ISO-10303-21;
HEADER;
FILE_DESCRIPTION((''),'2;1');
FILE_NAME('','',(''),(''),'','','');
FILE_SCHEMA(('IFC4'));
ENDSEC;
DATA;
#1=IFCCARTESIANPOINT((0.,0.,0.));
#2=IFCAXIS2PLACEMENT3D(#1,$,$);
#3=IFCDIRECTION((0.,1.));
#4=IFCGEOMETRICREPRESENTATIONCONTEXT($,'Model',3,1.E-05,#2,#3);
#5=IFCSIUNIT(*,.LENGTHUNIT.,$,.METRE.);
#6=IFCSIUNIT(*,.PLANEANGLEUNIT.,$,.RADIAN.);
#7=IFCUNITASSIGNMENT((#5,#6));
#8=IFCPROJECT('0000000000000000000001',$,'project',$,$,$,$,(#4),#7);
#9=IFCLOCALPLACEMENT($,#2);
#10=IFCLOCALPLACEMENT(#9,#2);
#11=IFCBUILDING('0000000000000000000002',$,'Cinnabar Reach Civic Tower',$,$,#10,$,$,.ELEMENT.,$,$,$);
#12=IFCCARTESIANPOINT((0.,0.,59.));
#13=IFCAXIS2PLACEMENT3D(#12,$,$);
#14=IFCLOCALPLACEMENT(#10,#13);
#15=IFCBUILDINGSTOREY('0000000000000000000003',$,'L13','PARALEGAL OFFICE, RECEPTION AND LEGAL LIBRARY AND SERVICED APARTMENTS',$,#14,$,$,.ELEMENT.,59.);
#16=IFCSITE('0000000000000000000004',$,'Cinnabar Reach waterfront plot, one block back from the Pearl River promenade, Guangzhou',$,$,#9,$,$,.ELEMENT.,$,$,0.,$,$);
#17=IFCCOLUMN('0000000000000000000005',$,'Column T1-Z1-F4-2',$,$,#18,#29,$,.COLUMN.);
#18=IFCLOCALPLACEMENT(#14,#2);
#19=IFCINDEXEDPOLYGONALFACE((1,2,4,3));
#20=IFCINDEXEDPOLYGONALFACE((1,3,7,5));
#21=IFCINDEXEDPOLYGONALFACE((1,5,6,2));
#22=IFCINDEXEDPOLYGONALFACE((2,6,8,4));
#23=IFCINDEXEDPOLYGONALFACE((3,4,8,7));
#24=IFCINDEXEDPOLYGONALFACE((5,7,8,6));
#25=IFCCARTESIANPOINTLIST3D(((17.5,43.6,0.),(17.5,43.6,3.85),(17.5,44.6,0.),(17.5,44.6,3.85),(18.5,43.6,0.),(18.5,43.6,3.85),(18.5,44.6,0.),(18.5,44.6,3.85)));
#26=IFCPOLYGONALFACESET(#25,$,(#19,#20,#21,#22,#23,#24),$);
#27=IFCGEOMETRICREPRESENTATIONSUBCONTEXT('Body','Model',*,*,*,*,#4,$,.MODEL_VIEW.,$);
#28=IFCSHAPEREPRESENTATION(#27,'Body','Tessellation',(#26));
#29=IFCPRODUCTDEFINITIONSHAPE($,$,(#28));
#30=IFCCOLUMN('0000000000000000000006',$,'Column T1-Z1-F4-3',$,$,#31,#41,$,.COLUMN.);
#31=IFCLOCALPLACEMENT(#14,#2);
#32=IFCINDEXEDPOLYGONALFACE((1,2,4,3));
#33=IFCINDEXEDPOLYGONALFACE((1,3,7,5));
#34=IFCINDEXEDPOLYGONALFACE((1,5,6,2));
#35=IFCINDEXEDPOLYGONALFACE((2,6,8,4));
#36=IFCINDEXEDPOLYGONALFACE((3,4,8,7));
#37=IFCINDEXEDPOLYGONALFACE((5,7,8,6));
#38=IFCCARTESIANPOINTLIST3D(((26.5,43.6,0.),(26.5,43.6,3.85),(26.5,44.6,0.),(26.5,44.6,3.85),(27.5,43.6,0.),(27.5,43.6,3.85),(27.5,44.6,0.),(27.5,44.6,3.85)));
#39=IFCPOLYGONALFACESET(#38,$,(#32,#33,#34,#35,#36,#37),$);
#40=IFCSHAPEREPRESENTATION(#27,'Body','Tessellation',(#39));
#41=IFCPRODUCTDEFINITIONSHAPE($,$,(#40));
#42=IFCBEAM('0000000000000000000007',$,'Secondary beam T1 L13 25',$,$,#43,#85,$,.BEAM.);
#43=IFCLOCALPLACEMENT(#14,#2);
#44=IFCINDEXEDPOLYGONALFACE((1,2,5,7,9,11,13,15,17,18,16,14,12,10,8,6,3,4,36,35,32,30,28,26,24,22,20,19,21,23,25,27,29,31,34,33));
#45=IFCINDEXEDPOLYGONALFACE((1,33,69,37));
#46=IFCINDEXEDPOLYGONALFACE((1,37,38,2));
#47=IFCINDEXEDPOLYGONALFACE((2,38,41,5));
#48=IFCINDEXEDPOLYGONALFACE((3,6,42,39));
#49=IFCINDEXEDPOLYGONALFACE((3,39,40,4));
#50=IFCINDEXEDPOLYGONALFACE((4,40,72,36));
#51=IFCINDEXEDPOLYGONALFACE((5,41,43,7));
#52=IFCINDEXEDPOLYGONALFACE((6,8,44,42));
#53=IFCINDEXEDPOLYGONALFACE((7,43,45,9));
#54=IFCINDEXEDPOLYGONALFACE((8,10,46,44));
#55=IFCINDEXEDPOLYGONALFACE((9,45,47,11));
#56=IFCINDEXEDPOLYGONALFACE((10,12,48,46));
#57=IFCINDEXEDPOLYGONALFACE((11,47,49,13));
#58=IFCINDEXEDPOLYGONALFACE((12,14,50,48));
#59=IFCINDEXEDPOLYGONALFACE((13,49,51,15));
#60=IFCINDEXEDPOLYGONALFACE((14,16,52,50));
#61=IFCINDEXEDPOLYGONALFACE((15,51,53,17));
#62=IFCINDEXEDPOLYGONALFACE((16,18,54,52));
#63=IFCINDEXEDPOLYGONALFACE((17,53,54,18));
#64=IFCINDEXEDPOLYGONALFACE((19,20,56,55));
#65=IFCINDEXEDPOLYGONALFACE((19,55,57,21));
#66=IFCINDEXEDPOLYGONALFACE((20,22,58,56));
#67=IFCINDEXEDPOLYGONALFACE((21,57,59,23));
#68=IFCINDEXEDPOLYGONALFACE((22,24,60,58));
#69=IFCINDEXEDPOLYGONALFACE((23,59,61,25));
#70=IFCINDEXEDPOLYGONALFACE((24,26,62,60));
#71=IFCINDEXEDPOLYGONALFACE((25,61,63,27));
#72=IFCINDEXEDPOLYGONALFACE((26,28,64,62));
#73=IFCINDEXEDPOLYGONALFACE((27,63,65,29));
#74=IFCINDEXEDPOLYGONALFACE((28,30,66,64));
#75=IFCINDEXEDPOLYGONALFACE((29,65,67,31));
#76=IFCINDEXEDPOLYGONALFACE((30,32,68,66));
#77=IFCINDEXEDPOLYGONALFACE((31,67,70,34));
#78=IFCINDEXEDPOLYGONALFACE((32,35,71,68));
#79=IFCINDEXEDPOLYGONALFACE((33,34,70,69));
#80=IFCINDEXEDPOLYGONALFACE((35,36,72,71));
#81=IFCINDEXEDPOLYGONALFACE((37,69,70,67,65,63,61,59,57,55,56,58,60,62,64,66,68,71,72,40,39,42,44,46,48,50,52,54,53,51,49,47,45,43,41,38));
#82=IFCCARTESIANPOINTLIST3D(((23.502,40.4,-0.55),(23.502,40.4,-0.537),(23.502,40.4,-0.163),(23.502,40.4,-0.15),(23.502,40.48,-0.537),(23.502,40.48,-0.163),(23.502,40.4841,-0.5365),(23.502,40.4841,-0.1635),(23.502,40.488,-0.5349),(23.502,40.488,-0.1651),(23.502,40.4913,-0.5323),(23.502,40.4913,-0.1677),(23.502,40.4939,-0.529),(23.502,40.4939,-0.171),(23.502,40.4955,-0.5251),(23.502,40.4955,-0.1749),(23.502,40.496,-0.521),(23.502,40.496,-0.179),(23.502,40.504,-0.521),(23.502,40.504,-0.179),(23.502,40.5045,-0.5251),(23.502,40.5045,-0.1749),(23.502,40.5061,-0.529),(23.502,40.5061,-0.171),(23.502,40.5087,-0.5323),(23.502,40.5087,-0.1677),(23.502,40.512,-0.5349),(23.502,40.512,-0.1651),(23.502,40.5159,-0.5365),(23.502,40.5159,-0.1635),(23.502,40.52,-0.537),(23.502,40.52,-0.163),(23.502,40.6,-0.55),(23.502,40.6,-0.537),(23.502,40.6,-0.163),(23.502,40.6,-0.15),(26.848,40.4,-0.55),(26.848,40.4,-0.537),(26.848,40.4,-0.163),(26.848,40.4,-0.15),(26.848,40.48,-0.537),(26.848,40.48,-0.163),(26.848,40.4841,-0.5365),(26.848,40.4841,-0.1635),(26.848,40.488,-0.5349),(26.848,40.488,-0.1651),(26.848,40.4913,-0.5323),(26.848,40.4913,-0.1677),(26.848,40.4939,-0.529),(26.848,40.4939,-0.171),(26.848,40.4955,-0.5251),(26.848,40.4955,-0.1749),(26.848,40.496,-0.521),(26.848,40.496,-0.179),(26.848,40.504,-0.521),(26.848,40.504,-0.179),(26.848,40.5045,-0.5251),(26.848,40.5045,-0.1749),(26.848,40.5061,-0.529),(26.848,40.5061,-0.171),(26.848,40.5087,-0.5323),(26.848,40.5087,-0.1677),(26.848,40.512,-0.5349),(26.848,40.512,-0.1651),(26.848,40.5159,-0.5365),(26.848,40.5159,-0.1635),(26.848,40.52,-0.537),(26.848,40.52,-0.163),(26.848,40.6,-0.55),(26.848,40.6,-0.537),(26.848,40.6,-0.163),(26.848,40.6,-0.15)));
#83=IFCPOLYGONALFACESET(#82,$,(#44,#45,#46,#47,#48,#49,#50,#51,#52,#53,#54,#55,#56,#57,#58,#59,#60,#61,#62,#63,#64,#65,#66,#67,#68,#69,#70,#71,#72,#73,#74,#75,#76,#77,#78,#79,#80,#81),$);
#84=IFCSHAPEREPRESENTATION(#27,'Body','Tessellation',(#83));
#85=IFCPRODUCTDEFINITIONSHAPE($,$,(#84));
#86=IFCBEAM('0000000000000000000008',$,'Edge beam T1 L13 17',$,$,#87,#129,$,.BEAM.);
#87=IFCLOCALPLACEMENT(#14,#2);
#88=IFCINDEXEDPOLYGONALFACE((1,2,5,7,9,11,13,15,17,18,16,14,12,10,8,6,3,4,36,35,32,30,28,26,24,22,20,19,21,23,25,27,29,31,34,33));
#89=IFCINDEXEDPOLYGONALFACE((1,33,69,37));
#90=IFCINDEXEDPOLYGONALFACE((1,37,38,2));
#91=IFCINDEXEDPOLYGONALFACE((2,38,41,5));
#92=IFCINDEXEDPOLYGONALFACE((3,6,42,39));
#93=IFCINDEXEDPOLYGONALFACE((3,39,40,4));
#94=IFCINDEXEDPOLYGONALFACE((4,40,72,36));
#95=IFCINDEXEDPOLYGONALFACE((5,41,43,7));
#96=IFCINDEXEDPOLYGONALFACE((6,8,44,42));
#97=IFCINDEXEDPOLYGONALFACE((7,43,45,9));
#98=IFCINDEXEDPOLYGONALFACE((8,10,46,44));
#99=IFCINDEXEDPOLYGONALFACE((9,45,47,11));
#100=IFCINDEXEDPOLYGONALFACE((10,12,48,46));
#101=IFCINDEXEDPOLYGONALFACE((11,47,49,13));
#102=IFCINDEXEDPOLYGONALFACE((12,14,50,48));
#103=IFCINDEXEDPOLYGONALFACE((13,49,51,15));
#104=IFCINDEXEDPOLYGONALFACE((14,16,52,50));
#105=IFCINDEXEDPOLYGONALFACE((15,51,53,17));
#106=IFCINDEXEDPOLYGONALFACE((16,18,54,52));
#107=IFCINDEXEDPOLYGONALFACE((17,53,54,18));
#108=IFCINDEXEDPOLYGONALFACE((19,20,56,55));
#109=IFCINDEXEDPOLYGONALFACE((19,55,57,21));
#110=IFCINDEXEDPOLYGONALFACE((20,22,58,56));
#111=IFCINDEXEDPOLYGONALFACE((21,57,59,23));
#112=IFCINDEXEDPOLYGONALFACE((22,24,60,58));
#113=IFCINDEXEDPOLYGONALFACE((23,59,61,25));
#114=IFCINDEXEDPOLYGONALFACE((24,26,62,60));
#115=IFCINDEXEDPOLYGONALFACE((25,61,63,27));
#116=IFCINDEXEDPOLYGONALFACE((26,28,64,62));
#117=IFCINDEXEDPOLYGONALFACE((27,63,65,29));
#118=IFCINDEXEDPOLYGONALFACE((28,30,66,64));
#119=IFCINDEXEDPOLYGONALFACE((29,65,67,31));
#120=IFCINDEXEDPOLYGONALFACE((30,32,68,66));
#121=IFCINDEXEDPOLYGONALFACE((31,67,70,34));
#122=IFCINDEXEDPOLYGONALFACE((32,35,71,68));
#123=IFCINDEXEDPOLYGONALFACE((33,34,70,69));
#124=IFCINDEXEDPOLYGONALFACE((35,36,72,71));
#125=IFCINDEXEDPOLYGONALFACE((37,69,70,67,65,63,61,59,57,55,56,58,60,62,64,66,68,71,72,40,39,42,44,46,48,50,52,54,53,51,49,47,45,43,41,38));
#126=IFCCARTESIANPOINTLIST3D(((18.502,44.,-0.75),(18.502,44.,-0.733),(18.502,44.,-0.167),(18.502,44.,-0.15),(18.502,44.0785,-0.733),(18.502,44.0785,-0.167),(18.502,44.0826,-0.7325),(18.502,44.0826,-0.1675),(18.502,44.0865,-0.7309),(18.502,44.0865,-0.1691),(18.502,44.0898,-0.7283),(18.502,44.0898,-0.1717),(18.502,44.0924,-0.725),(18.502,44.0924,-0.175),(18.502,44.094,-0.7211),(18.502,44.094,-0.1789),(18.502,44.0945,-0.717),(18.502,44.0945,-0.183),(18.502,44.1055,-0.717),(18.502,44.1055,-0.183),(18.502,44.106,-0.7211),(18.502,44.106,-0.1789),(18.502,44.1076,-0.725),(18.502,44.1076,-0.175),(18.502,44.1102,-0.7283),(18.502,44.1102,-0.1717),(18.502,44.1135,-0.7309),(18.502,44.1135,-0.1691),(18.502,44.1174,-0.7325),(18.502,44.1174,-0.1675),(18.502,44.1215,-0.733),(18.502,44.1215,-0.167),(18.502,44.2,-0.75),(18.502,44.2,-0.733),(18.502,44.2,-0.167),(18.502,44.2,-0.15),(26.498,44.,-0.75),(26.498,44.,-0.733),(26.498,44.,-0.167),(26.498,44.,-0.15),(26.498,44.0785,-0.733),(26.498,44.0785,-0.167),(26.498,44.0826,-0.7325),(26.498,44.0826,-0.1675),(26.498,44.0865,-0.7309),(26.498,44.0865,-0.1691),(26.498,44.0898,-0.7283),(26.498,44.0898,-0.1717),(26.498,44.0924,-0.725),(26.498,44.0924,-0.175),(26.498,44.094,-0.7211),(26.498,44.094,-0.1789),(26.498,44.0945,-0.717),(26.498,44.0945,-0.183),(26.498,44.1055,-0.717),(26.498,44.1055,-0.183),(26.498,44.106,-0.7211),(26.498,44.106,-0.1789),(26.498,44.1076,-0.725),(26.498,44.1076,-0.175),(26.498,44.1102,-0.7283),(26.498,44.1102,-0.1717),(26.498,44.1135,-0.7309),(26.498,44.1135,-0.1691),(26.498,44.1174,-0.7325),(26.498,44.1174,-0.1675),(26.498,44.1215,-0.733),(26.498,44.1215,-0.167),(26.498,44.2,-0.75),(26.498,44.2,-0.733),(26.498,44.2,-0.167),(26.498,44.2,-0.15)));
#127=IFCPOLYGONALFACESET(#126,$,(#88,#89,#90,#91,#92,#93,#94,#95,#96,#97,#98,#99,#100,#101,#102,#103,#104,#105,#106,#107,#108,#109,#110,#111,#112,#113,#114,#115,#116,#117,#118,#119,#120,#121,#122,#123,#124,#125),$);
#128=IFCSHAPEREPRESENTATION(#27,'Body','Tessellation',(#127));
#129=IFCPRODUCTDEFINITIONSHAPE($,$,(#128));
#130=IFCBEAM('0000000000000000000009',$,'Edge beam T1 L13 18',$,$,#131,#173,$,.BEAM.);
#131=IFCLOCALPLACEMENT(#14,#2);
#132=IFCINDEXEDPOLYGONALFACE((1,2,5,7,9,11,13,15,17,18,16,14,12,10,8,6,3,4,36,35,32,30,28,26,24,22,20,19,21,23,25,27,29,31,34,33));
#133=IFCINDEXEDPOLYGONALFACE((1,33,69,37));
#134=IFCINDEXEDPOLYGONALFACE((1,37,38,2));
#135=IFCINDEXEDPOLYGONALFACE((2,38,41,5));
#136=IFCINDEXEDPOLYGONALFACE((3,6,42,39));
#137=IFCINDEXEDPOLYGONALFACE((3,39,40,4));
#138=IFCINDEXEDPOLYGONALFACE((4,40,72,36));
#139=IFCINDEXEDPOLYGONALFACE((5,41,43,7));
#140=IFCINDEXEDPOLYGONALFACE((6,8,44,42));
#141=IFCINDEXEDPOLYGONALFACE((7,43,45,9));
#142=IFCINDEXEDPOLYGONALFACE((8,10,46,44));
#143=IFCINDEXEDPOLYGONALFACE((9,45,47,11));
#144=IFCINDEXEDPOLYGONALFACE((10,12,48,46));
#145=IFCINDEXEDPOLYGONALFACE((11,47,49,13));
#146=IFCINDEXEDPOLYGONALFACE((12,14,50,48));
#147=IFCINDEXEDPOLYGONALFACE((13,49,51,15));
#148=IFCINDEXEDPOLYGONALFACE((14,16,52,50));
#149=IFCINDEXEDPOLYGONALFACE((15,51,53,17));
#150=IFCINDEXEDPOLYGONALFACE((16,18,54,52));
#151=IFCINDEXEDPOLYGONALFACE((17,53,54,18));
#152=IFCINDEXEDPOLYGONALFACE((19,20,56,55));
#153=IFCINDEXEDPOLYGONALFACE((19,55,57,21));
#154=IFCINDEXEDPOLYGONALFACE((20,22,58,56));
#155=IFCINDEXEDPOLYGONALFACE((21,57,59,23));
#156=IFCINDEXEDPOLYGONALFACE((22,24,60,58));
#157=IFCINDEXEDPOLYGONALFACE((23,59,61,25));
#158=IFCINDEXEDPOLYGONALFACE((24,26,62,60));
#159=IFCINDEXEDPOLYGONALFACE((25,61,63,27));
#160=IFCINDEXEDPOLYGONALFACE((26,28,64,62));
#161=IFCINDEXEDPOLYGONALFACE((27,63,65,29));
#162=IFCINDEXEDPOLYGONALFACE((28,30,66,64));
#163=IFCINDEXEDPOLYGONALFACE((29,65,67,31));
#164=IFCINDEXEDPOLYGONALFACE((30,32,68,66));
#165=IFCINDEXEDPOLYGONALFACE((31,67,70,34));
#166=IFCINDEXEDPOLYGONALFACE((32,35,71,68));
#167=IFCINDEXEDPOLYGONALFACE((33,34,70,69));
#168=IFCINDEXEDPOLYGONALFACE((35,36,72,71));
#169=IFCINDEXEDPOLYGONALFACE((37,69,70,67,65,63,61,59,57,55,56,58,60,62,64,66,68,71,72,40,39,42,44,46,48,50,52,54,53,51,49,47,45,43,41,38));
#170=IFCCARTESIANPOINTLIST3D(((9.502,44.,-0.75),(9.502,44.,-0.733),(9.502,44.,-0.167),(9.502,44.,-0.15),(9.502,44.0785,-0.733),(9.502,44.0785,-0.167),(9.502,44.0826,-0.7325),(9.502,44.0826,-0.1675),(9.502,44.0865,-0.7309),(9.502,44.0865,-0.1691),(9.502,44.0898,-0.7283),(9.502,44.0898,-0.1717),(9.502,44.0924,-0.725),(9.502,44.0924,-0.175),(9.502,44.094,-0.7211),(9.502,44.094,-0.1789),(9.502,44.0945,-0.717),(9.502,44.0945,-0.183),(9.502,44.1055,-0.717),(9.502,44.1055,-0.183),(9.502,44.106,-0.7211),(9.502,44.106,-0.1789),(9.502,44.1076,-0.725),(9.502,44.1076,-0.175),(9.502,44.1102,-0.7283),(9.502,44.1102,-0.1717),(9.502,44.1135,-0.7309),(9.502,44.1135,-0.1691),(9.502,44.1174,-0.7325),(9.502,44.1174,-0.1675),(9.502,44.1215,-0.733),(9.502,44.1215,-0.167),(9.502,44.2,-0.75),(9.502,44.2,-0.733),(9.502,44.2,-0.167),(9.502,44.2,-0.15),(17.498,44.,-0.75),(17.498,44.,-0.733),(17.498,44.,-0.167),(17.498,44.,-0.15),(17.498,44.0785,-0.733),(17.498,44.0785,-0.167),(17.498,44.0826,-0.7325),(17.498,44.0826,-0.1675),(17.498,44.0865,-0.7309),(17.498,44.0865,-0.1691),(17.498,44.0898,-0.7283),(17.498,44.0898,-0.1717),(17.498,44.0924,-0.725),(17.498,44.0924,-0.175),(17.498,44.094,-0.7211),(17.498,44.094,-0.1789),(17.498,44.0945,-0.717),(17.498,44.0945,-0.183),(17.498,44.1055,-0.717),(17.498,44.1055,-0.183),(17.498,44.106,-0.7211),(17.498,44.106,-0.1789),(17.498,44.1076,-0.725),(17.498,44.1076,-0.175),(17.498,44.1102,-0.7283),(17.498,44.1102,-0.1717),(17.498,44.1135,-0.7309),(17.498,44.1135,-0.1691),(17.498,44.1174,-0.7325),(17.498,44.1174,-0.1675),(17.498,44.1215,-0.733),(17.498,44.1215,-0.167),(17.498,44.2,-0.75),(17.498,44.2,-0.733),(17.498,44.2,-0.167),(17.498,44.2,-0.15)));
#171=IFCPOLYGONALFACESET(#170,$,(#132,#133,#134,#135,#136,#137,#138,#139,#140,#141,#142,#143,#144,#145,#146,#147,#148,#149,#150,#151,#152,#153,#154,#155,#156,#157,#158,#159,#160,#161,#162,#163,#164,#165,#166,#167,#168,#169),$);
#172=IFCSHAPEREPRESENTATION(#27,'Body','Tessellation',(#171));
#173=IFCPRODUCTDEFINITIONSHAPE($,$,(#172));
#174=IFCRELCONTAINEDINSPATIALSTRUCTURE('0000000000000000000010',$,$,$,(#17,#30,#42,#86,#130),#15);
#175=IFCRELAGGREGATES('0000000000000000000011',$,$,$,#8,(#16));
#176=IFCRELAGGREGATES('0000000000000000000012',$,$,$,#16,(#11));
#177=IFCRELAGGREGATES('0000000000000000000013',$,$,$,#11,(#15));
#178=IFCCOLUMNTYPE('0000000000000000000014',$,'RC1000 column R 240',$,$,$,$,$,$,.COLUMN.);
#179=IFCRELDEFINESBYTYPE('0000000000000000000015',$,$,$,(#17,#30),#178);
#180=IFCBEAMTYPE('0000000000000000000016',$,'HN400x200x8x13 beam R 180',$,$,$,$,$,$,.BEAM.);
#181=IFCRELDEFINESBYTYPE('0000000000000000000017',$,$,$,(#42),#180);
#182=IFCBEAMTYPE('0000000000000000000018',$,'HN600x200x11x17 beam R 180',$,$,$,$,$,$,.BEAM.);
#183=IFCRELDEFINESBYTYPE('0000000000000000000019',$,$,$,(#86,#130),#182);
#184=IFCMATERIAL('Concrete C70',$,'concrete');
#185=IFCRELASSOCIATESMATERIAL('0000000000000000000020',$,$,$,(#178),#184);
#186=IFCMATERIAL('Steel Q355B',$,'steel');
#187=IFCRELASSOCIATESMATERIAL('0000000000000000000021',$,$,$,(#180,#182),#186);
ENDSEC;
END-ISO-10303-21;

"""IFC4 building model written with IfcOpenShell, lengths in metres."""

from ifc_helpers import new_model, si_unit, direction, frame, origin, origin_2d, place, context, subcontext, project, spatial, rectangle, i_section, extrude, material, material_profile, profile_set, type_object, element, save


model = new_model("IFC4")

# Units and contexts
model_context = context("Model", 3, precision=1e-05, world=origin(), true_north=direction((0.0, 1.0)))
body_context = subcontext(model_context, "Body", "Model", "MODEL_VIEW")
ifc_project = project(units=[si_unit("LENGTHUNIT", "METRE"), si_unit("PLANEANGLEUNIT", "RADIAN")], contexts=[model_context])

# Site, building, storey
site_placement = place(None, origin())
site = spatial("IfcSite", under=ifc_project, at=site_placement, Name="Cinnabar Reach waterfront plot, one block back from the Pearl River promenade, Guangzhou", CompositionType="ELEMENT", RefElevation=0.0)
building_placement = place(site_placement, origin())
building = spatial("IfcBuilding", under=site, at=building_placement, Name="Cinnabar Reach Civic Tower", CompositionType="ELEMENT")
storey_placement = place(building_placement, frame((0.0, 0.0, 59.0)))
storey = spatial("IfcBuildingStorey", under=building, at=storey_placement, Name="L13", Description="PARALEGAL OFFICE, RECEPTION AND LEGAL LIBRARY AND SERVICED APARTMENTS", CompositionType="ELEMENT", Elevation=59.0)

# Columns
ifc_material_1 = material(Name="Concrete C70", Category="concrete")
ifc_material_profile_1 = material_profile(ifc_material_1, rectangle(XDim=1.0, YDim=1.0, at=origin_2d()), Name="RC1000")
ifc_profile_set_1 = profile_set([ifc_material_profile_1], Name="Concrete C70")
column_type = type_object("IfcColumnType", Name="RC1000 column R 240", PredefinedType="COLUMN", material=ifc_profile_set_1)
for number, where, z_axis, x_axis, name in (
    (1, (18.0, 44.1, 0.0), (0.0, 0.0, 1.0), (1.0, 0.0, 0.0), "Column T1-Z1-F4-2"),
    (2, (27.0, 44.1, 0.0), (0.0, 0.0, 1.0), (1.0, 0.0, 0.0), "Column T1-Z1-F4-3"),
):
    element("IfcColumn", number, at=place(storey_placement, frame(where, z_axis=z_axis, x_axis=x_axis)), inside=storey, type_object=column_type, Name=name, PredefinedType="COLUMN", context=body_context, shape_type="SweptSolid", body=[
        extrude(rectangle(XDim=1.0, YDim=1.0, at=origin_2d()), origin(), (0.0, 0.0, 1.0), 3.85),
    ])

# Beams
ifc_material_2 = material(Name="Steel Q355B", Category="steel")
ifc_material_profile_2 = material_profile(ifc_material_2, i_section(OverallWidth=0.2, OverallDepth=0.4, WebThickness=0.008, FlangeThickness=0.013, FilletRadius=0.016, at=origin_2d()), Name="HN400x200x8x13")
ifc_profile_set_2 = profile_set([ifc_material_profile_2], Name="Steel Q355B")
beam_type_1 = type_object("IfcBeamType", Name="HN400x200x8x13 beam R 180", PredefinedType="BEAM", material=ifc_profile_set_2)
beam_1_placement = place(storey_placement, frame((23.502, 40.5, -0.35), z_axis=(1.0, 0.0, 0.0), x_axis=(0.0, 1.0, 0.0)))
element("IfcBeam", 3, at=beam_1_placement, inside=storey, type_object=beam_type_1, Name="Secondary beam T1 L13 25", PredefinedType="BEAM", context=body_context, shape_type="SweptSolid", body=[
    extrude(i_section(OverallWidth=0.2, OverallDepth=0.4, WebThickness=0.008, FlangeThickness=0.013, FilletRadius=0.016, at=origin_2d()), origin(), (0.0, 0.0, 1.0), 3.346),
])
ifc_material_profile_3 = material_profile(ifc_material_2, i_section(OverallWidth=0.2, OverallDepth=0.6, WebThickness=0.011, FlangeThickness=0.017, FilletRadius=0.016, at=origin_2d()), Name="HN600x200x11x17")
ifc_profile_set_3 = profile_set([ifc_material_profile_3], Name="Steel Q355B")
beam_type_2 = type_object("IfcBeamType", Name="HN600x200x11x17 beam R 180", PredefinedType="BEAM", material=ifc_profile_set_3)
for number, where, z_axis, x_axis, name in (
    (4, (26.498, 44.1, -0.45), (-1.0, 0.0, 0.0), (0.0, -1.0, 0.0), "Edge beam T1 L13 17"),
    (5, (17.498, 44.1, -0.45), (-1.0, 0.0, 0.0), (0.0, -1.0, 0.0), "Edge beam T1 L13 18"),
):
    element("IfcBeam", number, at=place(storey_placement, frame(where, z_axis=z_axis, x_axis=x_axis)), inside=storey, type_object=beam_type_2, Name=name, PredefinedType="BEAM", context=body_context, shape_type="SweptSolid", body=[
        extrude(i_section(OverallWidth=0.2, OverallDepth=0.6, WebThickness=0.011, FlangeThickness=0.017, FilletRadius=0.016, at=origin_2d()), origin(), (0.0, 0.0, 1.0), 7.996),
    ])

save(model, "model.ifc")
